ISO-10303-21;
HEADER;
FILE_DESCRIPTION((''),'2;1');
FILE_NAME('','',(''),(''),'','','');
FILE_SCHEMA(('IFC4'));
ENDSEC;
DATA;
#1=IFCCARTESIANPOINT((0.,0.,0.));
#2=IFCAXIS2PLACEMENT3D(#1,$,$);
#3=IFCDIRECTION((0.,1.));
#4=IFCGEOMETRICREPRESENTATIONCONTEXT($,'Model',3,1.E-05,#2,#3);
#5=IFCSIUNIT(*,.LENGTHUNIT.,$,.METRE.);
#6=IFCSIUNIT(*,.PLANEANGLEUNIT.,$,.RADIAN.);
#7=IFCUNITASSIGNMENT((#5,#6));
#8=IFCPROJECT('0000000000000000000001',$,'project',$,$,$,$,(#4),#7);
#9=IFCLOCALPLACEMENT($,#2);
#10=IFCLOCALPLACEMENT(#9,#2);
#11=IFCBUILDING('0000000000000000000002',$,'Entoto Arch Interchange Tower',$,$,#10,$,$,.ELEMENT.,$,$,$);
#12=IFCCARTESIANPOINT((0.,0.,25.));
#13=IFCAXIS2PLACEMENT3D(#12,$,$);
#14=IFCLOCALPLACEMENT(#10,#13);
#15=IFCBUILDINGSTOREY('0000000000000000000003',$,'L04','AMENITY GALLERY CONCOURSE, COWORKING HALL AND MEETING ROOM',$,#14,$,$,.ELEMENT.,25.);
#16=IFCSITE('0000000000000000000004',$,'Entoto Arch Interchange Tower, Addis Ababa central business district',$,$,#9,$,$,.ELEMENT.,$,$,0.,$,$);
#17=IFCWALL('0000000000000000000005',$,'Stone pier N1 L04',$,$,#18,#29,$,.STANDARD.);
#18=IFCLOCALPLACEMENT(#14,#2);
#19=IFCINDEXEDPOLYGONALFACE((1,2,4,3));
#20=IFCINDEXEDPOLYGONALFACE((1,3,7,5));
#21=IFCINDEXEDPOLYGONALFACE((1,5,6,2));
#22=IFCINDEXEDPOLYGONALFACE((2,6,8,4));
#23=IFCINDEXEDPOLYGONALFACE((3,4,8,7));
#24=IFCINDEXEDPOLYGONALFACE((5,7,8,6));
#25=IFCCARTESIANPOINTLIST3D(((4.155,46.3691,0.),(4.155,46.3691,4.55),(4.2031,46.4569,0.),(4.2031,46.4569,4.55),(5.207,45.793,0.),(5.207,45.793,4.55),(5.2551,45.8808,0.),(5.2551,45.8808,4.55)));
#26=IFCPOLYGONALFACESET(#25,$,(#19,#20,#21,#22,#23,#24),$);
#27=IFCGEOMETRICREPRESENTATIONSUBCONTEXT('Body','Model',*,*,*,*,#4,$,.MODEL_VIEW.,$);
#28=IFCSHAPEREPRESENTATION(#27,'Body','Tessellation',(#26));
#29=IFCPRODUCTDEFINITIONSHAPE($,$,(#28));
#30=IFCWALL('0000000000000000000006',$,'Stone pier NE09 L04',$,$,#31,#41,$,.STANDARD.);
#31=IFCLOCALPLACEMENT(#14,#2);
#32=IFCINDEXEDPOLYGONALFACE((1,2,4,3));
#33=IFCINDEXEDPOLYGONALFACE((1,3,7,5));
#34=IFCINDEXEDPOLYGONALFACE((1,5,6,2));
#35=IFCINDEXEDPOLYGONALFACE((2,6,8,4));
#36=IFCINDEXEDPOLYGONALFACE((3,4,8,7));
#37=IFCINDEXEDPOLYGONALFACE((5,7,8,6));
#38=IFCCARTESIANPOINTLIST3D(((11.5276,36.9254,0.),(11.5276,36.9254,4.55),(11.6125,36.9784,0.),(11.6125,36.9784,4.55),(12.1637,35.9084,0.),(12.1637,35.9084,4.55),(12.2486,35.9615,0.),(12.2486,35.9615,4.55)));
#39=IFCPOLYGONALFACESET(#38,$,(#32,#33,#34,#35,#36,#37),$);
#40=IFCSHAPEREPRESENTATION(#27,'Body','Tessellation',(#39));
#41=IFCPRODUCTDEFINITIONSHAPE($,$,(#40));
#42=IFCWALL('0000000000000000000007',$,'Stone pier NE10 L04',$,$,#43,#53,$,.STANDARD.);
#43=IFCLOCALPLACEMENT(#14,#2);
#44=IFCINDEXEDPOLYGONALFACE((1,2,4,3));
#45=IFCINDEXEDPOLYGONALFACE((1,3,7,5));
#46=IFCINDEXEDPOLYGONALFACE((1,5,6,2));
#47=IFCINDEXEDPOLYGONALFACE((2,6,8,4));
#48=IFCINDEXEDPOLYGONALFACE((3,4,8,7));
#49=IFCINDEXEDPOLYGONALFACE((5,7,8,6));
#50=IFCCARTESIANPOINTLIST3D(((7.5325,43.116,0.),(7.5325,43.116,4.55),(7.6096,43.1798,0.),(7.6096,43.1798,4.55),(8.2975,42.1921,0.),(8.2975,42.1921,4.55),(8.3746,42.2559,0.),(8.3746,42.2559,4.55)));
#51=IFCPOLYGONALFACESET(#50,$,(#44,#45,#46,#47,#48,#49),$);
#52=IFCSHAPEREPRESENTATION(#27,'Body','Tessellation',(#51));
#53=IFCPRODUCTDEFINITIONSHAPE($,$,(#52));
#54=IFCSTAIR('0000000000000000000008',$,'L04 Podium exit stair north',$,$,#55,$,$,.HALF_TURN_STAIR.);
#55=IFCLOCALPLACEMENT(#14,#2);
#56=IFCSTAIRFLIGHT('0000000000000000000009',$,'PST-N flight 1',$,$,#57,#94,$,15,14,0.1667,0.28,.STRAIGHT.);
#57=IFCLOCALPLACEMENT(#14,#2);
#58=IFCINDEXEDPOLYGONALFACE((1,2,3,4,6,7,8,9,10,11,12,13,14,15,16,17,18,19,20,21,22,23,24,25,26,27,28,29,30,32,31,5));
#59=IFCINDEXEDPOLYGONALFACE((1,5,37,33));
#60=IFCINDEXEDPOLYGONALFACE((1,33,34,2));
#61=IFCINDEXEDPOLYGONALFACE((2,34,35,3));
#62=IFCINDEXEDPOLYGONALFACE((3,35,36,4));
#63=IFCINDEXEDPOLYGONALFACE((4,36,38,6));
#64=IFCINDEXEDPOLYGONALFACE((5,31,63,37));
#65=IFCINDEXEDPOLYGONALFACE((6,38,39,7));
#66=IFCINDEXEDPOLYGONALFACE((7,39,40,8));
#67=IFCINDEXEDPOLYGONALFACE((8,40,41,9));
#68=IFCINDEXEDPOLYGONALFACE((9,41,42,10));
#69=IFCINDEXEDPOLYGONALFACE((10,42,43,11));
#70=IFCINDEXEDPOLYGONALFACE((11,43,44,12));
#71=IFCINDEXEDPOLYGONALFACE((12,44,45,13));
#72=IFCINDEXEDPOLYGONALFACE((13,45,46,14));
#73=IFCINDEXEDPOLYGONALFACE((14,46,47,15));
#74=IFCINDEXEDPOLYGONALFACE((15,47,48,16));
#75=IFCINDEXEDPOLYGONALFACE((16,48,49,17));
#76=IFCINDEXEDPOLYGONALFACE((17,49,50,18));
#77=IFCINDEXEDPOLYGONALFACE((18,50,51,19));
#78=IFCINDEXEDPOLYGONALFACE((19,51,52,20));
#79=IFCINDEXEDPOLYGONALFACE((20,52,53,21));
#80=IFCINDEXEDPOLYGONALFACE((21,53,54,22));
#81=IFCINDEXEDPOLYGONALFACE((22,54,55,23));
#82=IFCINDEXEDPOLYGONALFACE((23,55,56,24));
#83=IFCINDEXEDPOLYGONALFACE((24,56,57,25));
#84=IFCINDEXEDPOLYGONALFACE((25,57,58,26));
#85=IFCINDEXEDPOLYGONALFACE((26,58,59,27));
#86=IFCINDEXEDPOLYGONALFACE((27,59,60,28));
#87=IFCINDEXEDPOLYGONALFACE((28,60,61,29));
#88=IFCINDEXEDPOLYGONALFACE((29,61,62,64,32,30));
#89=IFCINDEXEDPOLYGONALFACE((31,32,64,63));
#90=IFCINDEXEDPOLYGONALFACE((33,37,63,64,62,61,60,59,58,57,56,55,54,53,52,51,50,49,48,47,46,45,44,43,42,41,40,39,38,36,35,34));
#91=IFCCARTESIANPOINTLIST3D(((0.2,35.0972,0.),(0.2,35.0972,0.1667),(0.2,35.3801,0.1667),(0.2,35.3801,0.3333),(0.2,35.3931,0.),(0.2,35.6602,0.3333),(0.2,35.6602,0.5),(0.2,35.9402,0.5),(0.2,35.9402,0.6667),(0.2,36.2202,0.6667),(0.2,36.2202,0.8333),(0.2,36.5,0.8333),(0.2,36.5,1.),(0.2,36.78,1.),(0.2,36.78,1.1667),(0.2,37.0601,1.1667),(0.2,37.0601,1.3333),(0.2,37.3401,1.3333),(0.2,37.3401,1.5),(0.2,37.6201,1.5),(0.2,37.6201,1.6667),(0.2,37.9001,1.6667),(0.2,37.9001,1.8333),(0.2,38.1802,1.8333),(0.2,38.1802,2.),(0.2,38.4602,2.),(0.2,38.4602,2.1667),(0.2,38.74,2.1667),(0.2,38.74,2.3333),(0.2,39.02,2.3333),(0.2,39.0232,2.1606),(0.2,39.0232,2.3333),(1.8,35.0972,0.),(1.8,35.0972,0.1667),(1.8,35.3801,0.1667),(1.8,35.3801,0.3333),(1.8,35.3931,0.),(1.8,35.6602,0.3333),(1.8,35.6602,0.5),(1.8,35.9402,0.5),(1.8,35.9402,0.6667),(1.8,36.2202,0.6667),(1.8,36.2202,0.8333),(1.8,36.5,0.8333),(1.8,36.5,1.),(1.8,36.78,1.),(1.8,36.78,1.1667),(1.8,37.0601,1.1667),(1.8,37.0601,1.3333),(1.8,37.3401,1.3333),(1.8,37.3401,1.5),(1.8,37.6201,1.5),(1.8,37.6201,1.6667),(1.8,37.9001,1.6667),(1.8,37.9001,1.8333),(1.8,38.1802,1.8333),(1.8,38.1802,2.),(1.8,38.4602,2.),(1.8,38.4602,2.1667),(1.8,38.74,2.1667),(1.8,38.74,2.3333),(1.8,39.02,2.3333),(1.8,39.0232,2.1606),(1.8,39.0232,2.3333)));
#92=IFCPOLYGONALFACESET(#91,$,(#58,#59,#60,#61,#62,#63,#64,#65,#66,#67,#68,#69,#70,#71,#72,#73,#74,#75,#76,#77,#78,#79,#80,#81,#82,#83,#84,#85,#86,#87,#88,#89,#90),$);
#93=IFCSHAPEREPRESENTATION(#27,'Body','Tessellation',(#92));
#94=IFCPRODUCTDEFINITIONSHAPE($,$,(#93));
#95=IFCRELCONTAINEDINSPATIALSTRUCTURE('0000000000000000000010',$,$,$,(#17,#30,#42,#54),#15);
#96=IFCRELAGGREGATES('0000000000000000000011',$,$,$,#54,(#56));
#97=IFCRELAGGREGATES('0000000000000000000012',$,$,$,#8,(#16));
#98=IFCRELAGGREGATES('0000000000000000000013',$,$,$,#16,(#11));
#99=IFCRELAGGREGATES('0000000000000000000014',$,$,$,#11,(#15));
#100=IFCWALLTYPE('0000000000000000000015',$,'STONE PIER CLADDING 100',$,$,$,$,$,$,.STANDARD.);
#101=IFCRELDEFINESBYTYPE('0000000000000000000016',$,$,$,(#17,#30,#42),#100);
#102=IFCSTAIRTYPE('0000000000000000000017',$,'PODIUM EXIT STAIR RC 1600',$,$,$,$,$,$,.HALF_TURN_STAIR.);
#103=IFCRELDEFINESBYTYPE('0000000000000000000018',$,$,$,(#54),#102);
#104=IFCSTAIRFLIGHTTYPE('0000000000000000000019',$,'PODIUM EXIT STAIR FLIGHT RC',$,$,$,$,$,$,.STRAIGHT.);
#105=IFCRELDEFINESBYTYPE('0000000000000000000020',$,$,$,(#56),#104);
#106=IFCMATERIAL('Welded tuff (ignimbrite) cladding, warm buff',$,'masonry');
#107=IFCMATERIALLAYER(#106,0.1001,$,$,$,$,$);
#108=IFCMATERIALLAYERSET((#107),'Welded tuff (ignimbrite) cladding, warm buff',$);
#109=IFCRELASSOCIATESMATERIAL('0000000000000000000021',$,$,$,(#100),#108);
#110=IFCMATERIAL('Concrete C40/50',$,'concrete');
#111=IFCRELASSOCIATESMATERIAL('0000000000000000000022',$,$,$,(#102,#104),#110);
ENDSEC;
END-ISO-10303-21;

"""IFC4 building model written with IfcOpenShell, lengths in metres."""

from ifc_helpers import new_model, si_unit, direction, frame, frame_2d, origin, place, context, subcontext, project, spatial, polyline, rectangle, outline, extrude, material, layer, layer_set, type_object, element, aggregate, save


model = new_model("IFC4")

# Units and contexts
model_context = context("Model", 3, precision=1e-05, world=origin(), true_north=direction((0.0, 1.0)))
body_context = subcontext(model_context, "Body", "Model", "MODEL_VIEW")
ifc_project = project(units=[si_unit("LENGTHUNIT", "METRE"), si_unit("PLANEANGLEUNIT", "RADIAN")], contexts=[model_context])

# Site, building, storey
site_placement = place(None, origin())
site = spatial("IfcSite", under=ifc_project, at=site_placement, Name="Entoto Arch Interchange Tower, Addis Ababa central business district", CompositionType="ELEMENT", RefElevation=0.0)
building_placement = place(site_placement, origin())
building = spatial("IfcBuilding", under=site, at=building_placement, Name="Entoto Arch Interchange Tower", CompositionType="ELEMENT")
storey_placement = place(building_placement, frame((0.0, 0.0, 25.0)))
storey = spatial("IfcBuildingStorey", under=building, at=storey_placement, Name="L04", Description="AMENITY GALLERY CONCOURSE, COWORKING HALL AND MEETING ROOM", CompositionType="ELEMENT", Elevation=25.0)

# Shared definitions
ifc_material_1 = material(Name="Concrete C40/50", Category="concrete")

# Shared definitions
ifc_material_2 = material(Name="Welded tuff (ignimbrite) cladding, warm buff", Category="masonry")

# Walls
ifc_layer_1 = layer(ifc_material_2, 0.1001)
ifc_layer_set_1 = layer_set([ifc_layer_1], Name="Welded tuff (ignimbrite) cladding, warm buff")
wall_type_1 = type_object("IfcWallType", Name="STONE PIER CLADDING 100", PredefinedType="STANDARD", material=ifc_layer_set_1)
for number, where, z_axis, x_axis, name in (
    (1, (5.231, 45.8369, 0.0), (0.0, 0.0, 1.0), (-0.87707, 0.480363, 0.0), "Stone pier N1 L04"),
    (2, (12.2061, 35.9351, 0.0), (0.0, 0.0, 1.0), (-0.530273, 0.847827, 0.0), "Stone pier NE09 L04"),
    (3, (8.3359, 42.2241, 0.0), (0.0, 0.0, 1.0), (-0.637739, 0.770253, 0.0), "Stone pier NE10 L04"),
):
    element("IfcWall", number, at=place(storey_placement, frame(where, z_axis=z_axis, x_axis=x_axis)), inside=storey, type_object=wall_type_1, Name=name, PredefinedType="STANDARD", context=body_context, shape_type="SweptSolid", body=[
        extrude(rectangle(XDim=1.1995, YDim=0.1001, at=frame_2d((0.5996, 0.0))), origin(), (0.0, 0.0, 1.0), 4.55),
    ])

# Stair, stair flight
stair_type = type_object("IfcStairType", Name="PODIUM EXIT STAIR RC 1600", PredefinedType="HALF_TURN_STAIR", material=ifc_material_1)
stair_placement = place(storey_placement, origin())
stair = element("IfcStair", 4, at=stair_placement, inside=storey, type_object=stair_type, Name="L04 Podium exit stair north", PredefinedType="HALF_TURN_STAIR")
stair_flight_type = type_object("IfcStairFlightType", Name="PODIUM EXIT STAIR FLIGHT RC", PredefinedType="STRAIGHT", material=ifc_material_1)
stair_flight_placement = place(storey_placement, frame((1.0, 35.1001, 0.0), z_axis=(0.0, 0.0, 1.0), x_axis=(0.0, 1.0, 0.0)))
stair_flight = element("IfcStairFlight", 5, at=stair_flight_placement, type_object=stair_flight_type, Name="PST-N flight 1", NumberOfRisers=15, NumberOfTreads=14, PredefinedType="STRAIGHT", RiserHeight=0.1667, TreadLength=0.28, context=body_context, shape_type="SweptSolid", body=[
    extrude(outline(polyline([(-0.0029, 0.0), (-0.0029, 0.1667), (0.28, 0.1667), (0.28, 0.3333), (0.5601, 0.3333), (0.5601, 0.5), (0.8401, 0.5), (0.8401, 0.6667), (1.1201, 0.6667), (1.1201, 0.8333), (1.3999, 0.8333), (1.3999, 1.0), (1.6799, 1.0), (1.6799, 1.1667), (1.96, 1.1667), (1.96, 1.3333), (2.24, 1.3333), (2.24, 1.5), (2.52, 1.5), (2.52, 1.6667), (2.8, 1.6667), (2.8, 1.8333), (3.0801, 1.8333), (3.0801, 2.0), (3.3601, 2.0), (3.3601, 2.1667), (3.6399, 2.1667), (3.6399, 2.3333), (3.9199, 2.3333), (3.9231, 2.3333), (3.9231, 2.1606), (0.293, 0.0), (-0.0029, 0.0)])), frame((0.0, 0.8, 0.0), z_axis=(0.0, -1.0, 0.0), x_axis=(1.0, 0.0, 0.0)), (0.0, 0.0, 1.0), 1.6001),
])
aggregate(stair, [stair_flight])

save(model, "model.ifc")
